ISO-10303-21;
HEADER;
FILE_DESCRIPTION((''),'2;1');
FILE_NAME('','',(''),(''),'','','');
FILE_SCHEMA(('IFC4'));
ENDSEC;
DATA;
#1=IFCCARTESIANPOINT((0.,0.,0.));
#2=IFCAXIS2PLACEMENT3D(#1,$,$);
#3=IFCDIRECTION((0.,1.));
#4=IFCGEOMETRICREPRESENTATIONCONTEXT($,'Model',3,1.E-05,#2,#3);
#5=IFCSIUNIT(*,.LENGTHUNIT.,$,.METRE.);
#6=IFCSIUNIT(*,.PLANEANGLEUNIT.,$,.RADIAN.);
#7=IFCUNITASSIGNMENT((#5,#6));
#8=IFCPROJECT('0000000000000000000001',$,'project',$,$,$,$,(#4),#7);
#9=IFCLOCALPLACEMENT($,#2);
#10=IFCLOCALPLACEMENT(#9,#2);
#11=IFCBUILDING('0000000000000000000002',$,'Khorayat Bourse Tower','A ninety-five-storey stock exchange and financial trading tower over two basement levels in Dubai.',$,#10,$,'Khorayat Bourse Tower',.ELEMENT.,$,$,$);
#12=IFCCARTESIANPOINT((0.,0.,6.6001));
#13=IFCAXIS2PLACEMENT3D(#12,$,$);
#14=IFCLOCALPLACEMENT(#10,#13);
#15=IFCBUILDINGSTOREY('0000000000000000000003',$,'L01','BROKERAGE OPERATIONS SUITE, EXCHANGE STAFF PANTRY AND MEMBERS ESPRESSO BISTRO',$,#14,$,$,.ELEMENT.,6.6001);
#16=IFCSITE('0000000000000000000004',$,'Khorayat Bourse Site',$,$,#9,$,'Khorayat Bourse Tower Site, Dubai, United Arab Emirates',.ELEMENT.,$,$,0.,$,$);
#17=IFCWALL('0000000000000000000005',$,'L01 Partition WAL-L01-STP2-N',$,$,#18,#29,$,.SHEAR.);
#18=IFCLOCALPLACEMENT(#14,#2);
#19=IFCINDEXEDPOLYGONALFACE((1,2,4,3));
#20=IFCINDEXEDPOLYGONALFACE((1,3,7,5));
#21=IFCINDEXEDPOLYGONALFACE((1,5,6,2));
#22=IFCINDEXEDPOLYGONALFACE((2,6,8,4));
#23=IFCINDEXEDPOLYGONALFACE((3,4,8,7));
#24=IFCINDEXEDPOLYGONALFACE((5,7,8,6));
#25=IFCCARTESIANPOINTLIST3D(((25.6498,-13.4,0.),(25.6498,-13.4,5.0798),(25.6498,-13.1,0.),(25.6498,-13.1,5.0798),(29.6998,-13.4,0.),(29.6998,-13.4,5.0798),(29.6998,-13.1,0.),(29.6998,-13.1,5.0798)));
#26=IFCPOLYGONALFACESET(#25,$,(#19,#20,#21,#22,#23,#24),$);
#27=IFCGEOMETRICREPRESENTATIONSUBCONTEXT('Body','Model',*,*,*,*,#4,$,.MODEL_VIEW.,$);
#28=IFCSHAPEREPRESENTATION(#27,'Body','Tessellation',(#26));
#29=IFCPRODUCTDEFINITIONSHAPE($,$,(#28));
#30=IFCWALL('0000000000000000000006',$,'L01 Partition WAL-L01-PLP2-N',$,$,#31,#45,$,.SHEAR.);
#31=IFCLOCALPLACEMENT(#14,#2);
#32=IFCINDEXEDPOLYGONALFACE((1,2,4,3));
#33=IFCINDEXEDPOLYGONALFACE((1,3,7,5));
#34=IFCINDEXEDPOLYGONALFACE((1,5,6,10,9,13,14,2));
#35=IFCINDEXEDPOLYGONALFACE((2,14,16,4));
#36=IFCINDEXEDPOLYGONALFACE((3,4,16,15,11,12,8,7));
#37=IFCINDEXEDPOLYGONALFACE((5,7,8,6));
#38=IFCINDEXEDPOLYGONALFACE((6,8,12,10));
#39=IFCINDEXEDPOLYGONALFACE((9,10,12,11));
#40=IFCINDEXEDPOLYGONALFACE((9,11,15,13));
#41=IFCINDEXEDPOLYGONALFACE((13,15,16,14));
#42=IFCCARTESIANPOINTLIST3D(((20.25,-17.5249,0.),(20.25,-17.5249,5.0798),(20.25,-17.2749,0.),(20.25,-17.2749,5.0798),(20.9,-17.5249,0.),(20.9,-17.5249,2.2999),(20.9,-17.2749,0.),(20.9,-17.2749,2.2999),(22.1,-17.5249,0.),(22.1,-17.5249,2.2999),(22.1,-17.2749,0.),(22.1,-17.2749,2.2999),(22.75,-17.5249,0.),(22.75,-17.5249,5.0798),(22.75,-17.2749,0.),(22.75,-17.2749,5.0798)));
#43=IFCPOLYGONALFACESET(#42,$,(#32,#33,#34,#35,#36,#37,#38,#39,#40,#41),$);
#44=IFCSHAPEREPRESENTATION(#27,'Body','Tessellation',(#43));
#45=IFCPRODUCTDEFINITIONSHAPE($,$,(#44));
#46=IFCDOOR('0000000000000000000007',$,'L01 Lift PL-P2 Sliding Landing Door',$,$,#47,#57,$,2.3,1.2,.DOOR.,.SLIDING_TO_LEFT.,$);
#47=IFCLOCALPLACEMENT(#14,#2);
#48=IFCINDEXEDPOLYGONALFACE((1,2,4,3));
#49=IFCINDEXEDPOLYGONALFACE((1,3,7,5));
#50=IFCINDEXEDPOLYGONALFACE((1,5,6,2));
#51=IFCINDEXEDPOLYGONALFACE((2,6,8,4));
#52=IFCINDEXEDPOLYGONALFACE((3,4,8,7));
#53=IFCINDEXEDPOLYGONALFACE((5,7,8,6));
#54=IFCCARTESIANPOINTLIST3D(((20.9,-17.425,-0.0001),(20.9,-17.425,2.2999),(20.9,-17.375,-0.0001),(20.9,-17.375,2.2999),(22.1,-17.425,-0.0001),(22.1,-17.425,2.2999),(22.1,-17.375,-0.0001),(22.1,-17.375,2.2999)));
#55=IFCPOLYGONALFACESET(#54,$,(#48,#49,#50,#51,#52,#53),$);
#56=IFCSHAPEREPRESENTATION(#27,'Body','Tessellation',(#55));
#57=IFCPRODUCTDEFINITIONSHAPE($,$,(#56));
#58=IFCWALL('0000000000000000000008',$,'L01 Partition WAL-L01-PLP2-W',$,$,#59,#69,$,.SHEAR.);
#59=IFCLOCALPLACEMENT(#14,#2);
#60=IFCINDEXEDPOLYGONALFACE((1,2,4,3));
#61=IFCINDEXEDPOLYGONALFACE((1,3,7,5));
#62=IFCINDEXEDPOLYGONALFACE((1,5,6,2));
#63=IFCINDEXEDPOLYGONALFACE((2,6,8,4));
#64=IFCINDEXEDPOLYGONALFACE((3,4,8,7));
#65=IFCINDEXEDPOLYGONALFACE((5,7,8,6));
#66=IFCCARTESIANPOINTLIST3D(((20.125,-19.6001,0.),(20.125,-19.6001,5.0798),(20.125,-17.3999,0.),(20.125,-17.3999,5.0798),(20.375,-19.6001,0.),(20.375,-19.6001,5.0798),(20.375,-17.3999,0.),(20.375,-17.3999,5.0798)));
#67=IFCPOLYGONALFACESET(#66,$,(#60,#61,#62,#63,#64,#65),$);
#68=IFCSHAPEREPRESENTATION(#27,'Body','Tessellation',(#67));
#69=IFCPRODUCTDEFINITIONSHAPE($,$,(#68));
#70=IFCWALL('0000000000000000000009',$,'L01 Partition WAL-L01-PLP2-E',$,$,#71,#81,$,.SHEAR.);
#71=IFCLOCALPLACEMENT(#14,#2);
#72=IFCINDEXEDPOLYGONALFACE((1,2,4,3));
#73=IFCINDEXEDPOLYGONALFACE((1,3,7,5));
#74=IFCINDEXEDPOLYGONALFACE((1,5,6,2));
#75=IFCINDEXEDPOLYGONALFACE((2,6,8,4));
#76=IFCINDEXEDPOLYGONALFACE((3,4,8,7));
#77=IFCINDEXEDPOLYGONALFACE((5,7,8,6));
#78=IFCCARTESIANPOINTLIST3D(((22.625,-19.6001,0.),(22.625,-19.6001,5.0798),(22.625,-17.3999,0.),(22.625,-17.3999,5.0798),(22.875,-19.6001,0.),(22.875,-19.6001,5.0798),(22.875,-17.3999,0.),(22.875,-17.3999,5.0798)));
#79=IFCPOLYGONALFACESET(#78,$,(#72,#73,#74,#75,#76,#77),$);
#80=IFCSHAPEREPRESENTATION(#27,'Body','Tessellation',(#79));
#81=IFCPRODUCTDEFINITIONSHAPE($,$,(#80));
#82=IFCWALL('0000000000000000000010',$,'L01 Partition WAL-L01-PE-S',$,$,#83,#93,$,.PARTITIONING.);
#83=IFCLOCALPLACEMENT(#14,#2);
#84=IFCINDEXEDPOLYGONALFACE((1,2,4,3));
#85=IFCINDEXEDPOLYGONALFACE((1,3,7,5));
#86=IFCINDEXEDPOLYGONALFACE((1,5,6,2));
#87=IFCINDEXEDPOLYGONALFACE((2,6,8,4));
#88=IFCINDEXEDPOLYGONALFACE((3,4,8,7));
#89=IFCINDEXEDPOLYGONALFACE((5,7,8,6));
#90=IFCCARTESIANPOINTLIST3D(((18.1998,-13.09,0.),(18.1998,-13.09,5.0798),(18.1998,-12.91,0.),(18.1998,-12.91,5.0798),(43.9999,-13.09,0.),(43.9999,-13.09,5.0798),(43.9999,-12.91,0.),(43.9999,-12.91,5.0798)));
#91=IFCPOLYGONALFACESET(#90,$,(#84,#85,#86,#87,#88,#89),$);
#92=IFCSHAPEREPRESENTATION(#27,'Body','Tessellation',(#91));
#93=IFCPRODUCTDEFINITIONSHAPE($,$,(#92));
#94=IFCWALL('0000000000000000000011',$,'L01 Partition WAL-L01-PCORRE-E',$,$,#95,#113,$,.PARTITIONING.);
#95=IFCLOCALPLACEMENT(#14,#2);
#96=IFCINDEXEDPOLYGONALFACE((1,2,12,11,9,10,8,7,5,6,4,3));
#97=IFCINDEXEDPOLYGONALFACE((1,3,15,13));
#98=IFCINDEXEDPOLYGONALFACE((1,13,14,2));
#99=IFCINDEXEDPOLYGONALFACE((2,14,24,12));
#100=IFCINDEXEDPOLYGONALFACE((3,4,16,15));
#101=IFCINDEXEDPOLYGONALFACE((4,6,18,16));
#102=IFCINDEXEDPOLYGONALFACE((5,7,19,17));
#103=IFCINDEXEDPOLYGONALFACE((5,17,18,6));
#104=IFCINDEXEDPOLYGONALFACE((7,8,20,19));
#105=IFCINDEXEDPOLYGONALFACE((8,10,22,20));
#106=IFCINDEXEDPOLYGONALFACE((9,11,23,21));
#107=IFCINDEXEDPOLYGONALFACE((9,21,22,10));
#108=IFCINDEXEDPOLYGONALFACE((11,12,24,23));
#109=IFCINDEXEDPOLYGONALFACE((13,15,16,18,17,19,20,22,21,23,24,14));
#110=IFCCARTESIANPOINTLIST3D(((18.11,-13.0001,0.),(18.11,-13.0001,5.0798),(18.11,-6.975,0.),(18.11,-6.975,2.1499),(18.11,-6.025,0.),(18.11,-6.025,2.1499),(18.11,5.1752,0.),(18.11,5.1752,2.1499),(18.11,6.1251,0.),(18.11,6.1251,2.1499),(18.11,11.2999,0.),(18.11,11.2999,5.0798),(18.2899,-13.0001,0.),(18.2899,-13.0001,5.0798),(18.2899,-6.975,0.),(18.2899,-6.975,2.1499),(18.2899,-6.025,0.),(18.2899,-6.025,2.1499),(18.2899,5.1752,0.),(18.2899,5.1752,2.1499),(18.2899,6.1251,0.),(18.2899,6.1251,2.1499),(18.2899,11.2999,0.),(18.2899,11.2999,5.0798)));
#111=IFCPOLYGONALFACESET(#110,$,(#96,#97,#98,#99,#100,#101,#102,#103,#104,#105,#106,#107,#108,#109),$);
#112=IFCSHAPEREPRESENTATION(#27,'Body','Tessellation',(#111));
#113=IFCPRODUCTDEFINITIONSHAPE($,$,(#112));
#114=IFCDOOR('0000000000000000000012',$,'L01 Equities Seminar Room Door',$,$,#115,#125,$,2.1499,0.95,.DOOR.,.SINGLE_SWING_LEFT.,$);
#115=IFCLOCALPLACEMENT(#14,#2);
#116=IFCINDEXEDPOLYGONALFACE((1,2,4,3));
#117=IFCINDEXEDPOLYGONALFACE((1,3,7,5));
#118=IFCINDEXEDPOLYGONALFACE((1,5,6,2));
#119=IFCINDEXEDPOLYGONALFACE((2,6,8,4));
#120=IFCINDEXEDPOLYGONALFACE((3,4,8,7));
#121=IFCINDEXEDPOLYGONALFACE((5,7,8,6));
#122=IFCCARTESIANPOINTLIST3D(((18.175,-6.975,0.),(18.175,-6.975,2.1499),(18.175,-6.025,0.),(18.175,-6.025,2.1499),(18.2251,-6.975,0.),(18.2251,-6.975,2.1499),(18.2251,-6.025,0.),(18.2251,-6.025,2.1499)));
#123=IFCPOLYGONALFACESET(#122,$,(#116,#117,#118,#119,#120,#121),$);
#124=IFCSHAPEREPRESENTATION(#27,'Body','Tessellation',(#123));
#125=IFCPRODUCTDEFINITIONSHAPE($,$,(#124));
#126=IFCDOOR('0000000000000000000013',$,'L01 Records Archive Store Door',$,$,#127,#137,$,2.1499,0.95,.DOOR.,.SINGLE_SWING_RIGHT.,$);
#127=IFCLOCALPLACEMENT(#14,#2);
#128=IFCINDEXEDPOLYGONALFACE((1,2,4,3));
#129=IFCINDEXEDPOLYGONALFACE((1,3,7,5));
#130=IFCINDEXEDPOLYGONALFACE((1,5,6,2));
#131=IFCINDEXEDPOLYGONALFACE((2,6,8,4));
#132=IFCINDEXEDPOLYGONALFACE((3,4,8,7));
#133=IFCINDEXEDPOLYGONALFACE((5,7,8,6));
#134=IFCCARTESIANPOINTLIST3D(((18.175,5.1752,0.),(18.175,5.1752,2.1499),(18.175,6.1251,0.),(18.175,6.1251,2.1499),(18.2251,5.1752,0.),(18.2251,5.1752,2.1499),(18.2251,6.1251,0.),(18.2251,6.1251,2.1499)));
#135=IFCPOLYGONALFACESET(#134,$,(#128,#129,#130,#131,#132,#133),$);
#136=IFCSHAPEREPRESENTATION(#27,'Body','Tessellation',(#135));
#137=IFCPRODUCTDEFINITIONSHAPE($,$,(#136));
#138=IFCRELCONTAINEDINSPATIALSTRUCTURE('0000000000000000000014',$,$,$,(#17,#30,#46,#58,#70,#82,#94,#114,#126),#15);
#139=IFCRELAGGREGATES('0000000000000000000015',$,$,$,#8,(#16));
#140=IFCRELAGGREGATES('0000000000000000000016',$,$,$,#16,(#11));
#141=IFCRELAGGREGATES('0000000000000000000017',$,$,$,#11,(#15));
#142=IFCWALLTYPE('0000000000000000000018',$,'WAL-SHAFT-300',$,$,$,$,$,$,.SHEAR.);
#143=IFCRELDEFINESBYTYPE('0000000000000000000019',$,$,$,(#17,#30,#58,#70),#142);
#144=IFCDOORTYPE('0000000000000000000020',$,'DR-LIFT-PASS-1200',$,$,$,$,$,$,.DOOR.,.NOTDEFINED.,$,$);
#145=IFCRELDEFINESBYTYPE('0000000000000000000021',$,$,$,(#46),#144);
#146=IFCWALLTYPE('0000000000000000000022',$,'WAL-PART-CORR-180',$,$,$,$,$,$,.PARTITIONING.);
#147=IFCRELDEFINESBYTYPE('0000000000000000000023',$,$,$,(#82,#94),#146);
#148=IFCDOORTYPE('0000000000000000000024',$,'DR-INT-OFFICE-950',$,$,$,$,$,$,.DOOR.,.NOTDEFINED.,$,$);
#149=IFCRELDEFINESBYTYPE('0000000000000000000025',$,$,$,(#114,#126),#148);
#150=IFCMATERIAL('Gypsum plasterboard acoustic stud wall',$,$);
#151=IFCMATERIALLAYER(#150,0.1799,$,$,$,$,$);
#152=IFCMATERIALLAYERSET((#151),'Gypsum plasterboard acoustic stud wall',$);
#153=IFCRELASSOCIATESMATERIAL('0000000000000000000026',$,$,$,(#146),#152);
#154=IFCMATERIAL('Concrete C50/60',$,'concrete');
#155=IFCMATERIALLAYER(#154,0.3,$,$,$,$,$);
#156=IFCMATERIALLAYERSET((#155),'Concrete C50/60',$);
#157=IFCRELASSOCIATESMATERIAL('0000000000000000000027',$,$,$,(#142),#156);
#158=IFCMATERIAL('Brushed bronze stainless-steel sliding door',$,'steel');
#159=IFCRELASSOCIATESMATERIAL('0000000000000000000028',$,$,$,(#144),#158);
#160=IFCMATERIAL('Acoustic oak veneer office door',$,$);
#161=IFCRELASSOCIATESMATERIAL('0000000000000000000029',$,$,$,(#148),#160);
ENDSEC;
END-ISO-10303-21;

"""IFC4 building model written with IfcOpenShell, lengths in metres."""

from ifc_helpers import new_model, si_unit, direction, frame, frame_2d, origin, place, context, subcontext, project, spatial, rectangle, extrude, source, transform, mapped, material, layer, layer_set, type_object, element, fill, save


model = new_model("IFC4")

# Units and contexts
model_context = context("Model", 3, precision=1e-05, world=origin(), true_north=direction((0.0, 1.0)))
body_context = subcontext(model_context, "Body", "Model", "MODEL_VIEW")
ifc_project = project(units=[si_unit("LENGTHUNIT", "METRE"), si_unit("PLANEANGLEUNIT", "RADIAN")], contexts=[model_context])

# Site, building, storey
site_placement = place(None, origin())
site = spatial("IfcSite", under=ifc_project, at=site_placement, Name="Khorayat Bourse Site", LongName="Khorayat Bourse Tower Site, Dubai, United Arab Emirates", CompositionType="ELEMENT", RefElevation=0.0)
building_placement = place(site_placement, origin())
building = spatial("IfcBuilding", under=site, at=building_placement, Name="Khorayat Bourse Tower", Description="A ninety-five-storey stock exchange and financial trading tower over two basement levels in Dubai.", LongName="Khorayat Bourse Tower", CompositionType="ELEMENT")
storey_placement = place(building_placement, frame((0.0, 0.0, 6.6001)))
storey = spatial("IfcBuildingStorey", under=building, at=storey_placement, Name="L01", Description="BROKERAGE OPERATIONS SUITE, EXCHANGE STAFF PANTRY AND MEMBERS ESPRESSO BISTRO", CompositionType="ELEMENT", Elevation=6.6001)

# Shared definitions
ifc_material_1 = material(Name="Gypsum plasterboard acoustic stud wall")
ifc_layer_1 = layer(ifc_material_1, 0.1799)
ifc_layer_set_1 = layer_set([ifc_layer_1], Name="Gypsum plasterboard acoustic stud wall")
wall_type_1 = type_object("IfcWallType", Name="WAL-PART-CORR-180", PredefinedType="PARTITIONING", material=ifc_layer_set_1)

# Wall
ifc_material_2 = material(Name="Concrete C50/60", Category="concrete")
ifc_layer_2 = layer(ifc_material_2, 0.3)
ifc_layer_set_2 = layer_set([ifc_layer_2], Name="Concrete C50/60")
wall_type_2 = type_object("IfcWallType", Name="WAL-SHAFT-300", PredefinedType="SHEAR", material=ifc_layer_set_2)
shared_shape_1 = source(origin(), body_context, "Body", "SweptSolid", [
    extrude(rectangle(XDim=4.05, YDim=0.3, at=frame_2d((2.0249, 0.0))), origin(), (0.0, 0.0, 1.0), 5.0798),
])
wall_1_placement = place(storey_placement, frame((25.6499, -13.25, 0.0), z_axis=(0.0, 0.0, 1.0), x_axis=(1.0, 0.0, 0.0)))
element("IfcWall", 1, at=wall_1_placement, inside=storey, type_object=wall_type_2, Name="L01 Partition WAL-L01-STP2-N", PredefinedType="SHEAR", context=body_context, shape_type="MappedRepresentation", body=[
    mapped(shared_shape_1, transform((0.0, 0.0, 0.0), scale=1.0)),
])

# Wall, opening, door
shared_shape_2 = source(origin(), body_context, "Body", "SweptSolid", [
    extrude(rectangle(XDim=2.5, YDim=0.25, at=frame_2d((1.25, 0.0))), origin(), (0.0, 0.0, 1.0), 5.0798),
])
wall_2_placement = place(storey_placement, frame((20.25, -17.3999, 0.0), z_axis=(0.0, 0.0, 1.0), x_axis=(1.0, 0.0, 0.0)))
wall_2 = element("IfcWall", 2, at=wall_2_placement, inside=storey, type_object=wall_type_2, Name="L01 Partition WAL-L01-PLP2-N", PredefinedType="SHEAR", context=body_context, shape_type="MappedRepresentation", body=[
    mapped(shared_shape_2, transform((0.0, 0.0, 0.0), scale=1.0)),
])
shared_shape_3 = source(origin(), body_context, "Body", "SweptSolid", [
    extrude(rectangle(XDim=1.2, YDim=2.3, at=frame_2d((0.6001, 1.1499))), frame((0.0, 0.135, 0.0), z_axis=(0.0, -1.0, 0.0), x_axis=(1.0, 0.0, 0.0)), (0.0, 0.0, 1.0), 0.27),
])
opening_1_placement = place(wall_2_placement, frame((0.6499, 0.0, 0.0)))
opening_1 = element("IfcOpeningElement", 3, at=opening_1_placement, cuts=wall_2, PredefinedType="OPENING", context=body_context, shape_type="MappedRepresentation", body=[
    mapped(shared_shape_3, transform((0.0, 0.0, 0.0), scale=1.0)),
])
ifc_material_3 = material(Name="Brushed bronze stainless-steel sliding door", Category="steel")
door_type_1 = type_object("IfcDoorType", Name="DR-LIFT-PASS-1200", OperationType="NOTDEFINED", PredefinedType="DOOR", material=ifc_material_3)
shared_shape_4 = source(origin(), body_context, "Body", "SweptSolid", [
    extrude(rectangle(XDim=1.2, YDim=2.3, at=frame_2d((0.6001, 1.1499))), frame((0.0, 0.0249, 0.0), z_axis=(0.0, -1.0, 0.0), x_axis=(1.0, 0.0, 0.0)), (0.0, 0.0, 1.0), 0.05),
])
door_1_placement = place(opening_1_placement, origin())
door_1 = element("IfcDoor", 4, at=door_1_placement, inside=storey, type_object=door_type_1, Name="L01 Lift PL-P2 Sliding Landing Door", OperationType="SLIDING_TO_LEFT", OverallHeight=2.3, OverallWidth=1.2, PredefinedType="DOOR", context=body_context, shape_type="MappedRepresentation", body=[
    mapped(shared_shape_4, transform((0.0, 0.0, 0.0), scale=1.0)),
])
fill(opening_1, door_1)

# Walls
shared_shape_5 = source(origin(), body_context, "Body", "SweptSolid", [
    extrude(rectangle(XDim=2.2002, YDim=0.25, at=frame_2d((1.1001, 0.0))), origin(), (0.0, 0.0, 1.0), 5.0798),
])
for number, where, z_axis, x_axis, name in (
    (5, (20.25, -19.6001, 0.0), (0.0, 0.0, 1.0), (0.0, 1.0, 0.0), "L01 Partition WAL-L01-PLP2-W"),
    (6, (22.75, -19.6001, 0.0), (0.0, 0.0, 1.0), (0.0, 1.0, 0.0), "L01 Partition WAL-L01-PLP2-E"),
):
    element("IfcWall", number, at=place(storey_placement, frame(where, z_axis=z_axis, x_axis=x_axis)), inside=storey, type_object=wall_type_2, Name=name, PredefinedType="SHEAR", context=body_context, shape_type="MappedRepresentation", body=[
        mapped(shared_shape_5, transform((0.0, 0.0, 0.0), scale=1.0)),
    ])
shared_shape_6 = source(origin(), body_context, "Body", "SweptSolid", [
    extrude(rectangle(XDim=25.8, YDim=0.1799, at=frame_2d((12.8999, 0.0))), origin(), (0.0, 0.0, 1.0), 5.0798),
])
wall_3_placement = place(storey_placement, frame((18.2, -13.0, 0.0), z_axis=(0.0, 0.0, 1.0), x_axis=(1.0, 0.0, 0.0)))
element("IfcWall", 7, at=wall_3_placement, inside=storey, type_object=wall_type_1, Name="L01 Partition WAL-L01-PE-S", PredefinedType="PARTITIONING", context=body_context, shape_type="MappedRepresentation", body=[
    mapped(shared_shape_6, transform((0.0, 0.0, 0.0), scale=1.0)),
])

# Wall, openings, doors
shared_shape_7 = source(origin(), body_context, "Body", "SweptSolid", [
    extrude(rectangle(XDim=24.3, YDim=0.1799, at=frame_2d((12.1499, 0.0))), origin(), (0.0, 0.0, 1.0), 5.0798),
])
wall_4_placement = place(storey_placement, frame((18.2, -13.0, 0.0), z_axis=(0.0, 0.0, 1.0), x_axis=(0.0, 1.0, 0.0)))
wall_4 = element("IfcWall", 8, at=wall_4_placement, inside=storey, type_object=wall_type_1, Name="L01 Partition WAL-L01-PCORRE-E", PredefinedType="PARTITIONING", context=body_context, shape_type="MappedRepresentation", body=[
    mapped(shared_shape_7, transform((0.0, 0.0, 0.0), scale=1.0)),
])
shared_shape_8 = source(origin(), body_context, "Body", "SweptSolid", [
    extrude(rectangle(XDim=0.95, YDim=2.1499, at=frame_2d((0.4751, 1.075))), frame((0.0, 0.0999, 0.0), z_axis=(0.0, -1.0, 0.0), x_axis=(1.0, 0.0, 0.0)), (0.0, 0.0, 1.0), 0.2),
])
opening_2_placement = place(wall_4_placement, frame((6.0249, 0.0, 0.0)))
opening_2 = element("IfcOpeningElement", 9, at=opening_2_placement, cuts=wall_4, PredefinedType="OPENING", context=body_context, shape_type="MappedRepresentation", body=[
    mapped(shared_shape_8, transform((0.0, 0.0, 0.0), scale=1.0)),
])
opening_3_placement = place(wall_4_placement, frame((18.175, 0.0, 0.0)))
opening_3 = element("IfcOpeningElement", 10, at=opening_3_placement, cuts=wall_4, PredefinedType="OPENING", context=body_context, shape_type="MappedRepresentation", body=[
    mapped(shared_shape_8, transform((0.0, 0.0, 0.0), scale=1.0)),
])
ifc_material_4 = material(Name="Acoustic oak veneer office door")
door_type_2 = type_object("IfcDoorType", Name="DR-INT-OFFICE-950", OperationType="NOTDEFINED", PredefinedType="DOOR", material=ifc_material_4)
shared_shape_9 = source(origin(), body_context, "Body", "SweptSolid", [
    extrude(rectangle(XDim=0.95, YDim=2.1499, at=frame_2d((0.4751, 1.075))), frame((0.0, 0.0249, 0.0), z_axis=(0.0, -1.0, 0.0), x_axis=(1.0, 0.0, 0.0)), (0.0, 0.0, 1.0), 0.05),
])
door_2_placement = place(opening_2_placement, origin())
door_2 = element("IfcDoor", 11, at=door_2_placement, inside=storey, type_object=door_type_2, Name="L01 Equities Seminar Room Door", OperationType="SINGLE_SWING_LEFT", OverallHeight=2.1499, OverallWidth=0.95, PredefinedType="DOOR", context=body_context, shape_type="MappedRepresentation", body=[
    mapped(shared_shape_9, transform((0.0, 0.0, 0.0), scale=1.0)),
])
fill(opening_2, door_2)
door_3_placement = place(opening_3_placement, origin())
door_3 = element("IfcDoor", 12, at=door_3_placement, inside=storey, type_object=door_type_2, Name="L01 Records Archive Store Door", OperationType="SINGLE_SWING_RIGHT", OverallHeight=2.1499, OverallWidth=0.95, PredefinedType="DOOR", context=body_context, shape_type="MappedRepresentation", body=[
    mapped(shared_shape_9, transform((0.0, 0.0, 0.0), scale=1.0)),
])
fill(opening_3, door_3)

save(model, "model.ifc")
